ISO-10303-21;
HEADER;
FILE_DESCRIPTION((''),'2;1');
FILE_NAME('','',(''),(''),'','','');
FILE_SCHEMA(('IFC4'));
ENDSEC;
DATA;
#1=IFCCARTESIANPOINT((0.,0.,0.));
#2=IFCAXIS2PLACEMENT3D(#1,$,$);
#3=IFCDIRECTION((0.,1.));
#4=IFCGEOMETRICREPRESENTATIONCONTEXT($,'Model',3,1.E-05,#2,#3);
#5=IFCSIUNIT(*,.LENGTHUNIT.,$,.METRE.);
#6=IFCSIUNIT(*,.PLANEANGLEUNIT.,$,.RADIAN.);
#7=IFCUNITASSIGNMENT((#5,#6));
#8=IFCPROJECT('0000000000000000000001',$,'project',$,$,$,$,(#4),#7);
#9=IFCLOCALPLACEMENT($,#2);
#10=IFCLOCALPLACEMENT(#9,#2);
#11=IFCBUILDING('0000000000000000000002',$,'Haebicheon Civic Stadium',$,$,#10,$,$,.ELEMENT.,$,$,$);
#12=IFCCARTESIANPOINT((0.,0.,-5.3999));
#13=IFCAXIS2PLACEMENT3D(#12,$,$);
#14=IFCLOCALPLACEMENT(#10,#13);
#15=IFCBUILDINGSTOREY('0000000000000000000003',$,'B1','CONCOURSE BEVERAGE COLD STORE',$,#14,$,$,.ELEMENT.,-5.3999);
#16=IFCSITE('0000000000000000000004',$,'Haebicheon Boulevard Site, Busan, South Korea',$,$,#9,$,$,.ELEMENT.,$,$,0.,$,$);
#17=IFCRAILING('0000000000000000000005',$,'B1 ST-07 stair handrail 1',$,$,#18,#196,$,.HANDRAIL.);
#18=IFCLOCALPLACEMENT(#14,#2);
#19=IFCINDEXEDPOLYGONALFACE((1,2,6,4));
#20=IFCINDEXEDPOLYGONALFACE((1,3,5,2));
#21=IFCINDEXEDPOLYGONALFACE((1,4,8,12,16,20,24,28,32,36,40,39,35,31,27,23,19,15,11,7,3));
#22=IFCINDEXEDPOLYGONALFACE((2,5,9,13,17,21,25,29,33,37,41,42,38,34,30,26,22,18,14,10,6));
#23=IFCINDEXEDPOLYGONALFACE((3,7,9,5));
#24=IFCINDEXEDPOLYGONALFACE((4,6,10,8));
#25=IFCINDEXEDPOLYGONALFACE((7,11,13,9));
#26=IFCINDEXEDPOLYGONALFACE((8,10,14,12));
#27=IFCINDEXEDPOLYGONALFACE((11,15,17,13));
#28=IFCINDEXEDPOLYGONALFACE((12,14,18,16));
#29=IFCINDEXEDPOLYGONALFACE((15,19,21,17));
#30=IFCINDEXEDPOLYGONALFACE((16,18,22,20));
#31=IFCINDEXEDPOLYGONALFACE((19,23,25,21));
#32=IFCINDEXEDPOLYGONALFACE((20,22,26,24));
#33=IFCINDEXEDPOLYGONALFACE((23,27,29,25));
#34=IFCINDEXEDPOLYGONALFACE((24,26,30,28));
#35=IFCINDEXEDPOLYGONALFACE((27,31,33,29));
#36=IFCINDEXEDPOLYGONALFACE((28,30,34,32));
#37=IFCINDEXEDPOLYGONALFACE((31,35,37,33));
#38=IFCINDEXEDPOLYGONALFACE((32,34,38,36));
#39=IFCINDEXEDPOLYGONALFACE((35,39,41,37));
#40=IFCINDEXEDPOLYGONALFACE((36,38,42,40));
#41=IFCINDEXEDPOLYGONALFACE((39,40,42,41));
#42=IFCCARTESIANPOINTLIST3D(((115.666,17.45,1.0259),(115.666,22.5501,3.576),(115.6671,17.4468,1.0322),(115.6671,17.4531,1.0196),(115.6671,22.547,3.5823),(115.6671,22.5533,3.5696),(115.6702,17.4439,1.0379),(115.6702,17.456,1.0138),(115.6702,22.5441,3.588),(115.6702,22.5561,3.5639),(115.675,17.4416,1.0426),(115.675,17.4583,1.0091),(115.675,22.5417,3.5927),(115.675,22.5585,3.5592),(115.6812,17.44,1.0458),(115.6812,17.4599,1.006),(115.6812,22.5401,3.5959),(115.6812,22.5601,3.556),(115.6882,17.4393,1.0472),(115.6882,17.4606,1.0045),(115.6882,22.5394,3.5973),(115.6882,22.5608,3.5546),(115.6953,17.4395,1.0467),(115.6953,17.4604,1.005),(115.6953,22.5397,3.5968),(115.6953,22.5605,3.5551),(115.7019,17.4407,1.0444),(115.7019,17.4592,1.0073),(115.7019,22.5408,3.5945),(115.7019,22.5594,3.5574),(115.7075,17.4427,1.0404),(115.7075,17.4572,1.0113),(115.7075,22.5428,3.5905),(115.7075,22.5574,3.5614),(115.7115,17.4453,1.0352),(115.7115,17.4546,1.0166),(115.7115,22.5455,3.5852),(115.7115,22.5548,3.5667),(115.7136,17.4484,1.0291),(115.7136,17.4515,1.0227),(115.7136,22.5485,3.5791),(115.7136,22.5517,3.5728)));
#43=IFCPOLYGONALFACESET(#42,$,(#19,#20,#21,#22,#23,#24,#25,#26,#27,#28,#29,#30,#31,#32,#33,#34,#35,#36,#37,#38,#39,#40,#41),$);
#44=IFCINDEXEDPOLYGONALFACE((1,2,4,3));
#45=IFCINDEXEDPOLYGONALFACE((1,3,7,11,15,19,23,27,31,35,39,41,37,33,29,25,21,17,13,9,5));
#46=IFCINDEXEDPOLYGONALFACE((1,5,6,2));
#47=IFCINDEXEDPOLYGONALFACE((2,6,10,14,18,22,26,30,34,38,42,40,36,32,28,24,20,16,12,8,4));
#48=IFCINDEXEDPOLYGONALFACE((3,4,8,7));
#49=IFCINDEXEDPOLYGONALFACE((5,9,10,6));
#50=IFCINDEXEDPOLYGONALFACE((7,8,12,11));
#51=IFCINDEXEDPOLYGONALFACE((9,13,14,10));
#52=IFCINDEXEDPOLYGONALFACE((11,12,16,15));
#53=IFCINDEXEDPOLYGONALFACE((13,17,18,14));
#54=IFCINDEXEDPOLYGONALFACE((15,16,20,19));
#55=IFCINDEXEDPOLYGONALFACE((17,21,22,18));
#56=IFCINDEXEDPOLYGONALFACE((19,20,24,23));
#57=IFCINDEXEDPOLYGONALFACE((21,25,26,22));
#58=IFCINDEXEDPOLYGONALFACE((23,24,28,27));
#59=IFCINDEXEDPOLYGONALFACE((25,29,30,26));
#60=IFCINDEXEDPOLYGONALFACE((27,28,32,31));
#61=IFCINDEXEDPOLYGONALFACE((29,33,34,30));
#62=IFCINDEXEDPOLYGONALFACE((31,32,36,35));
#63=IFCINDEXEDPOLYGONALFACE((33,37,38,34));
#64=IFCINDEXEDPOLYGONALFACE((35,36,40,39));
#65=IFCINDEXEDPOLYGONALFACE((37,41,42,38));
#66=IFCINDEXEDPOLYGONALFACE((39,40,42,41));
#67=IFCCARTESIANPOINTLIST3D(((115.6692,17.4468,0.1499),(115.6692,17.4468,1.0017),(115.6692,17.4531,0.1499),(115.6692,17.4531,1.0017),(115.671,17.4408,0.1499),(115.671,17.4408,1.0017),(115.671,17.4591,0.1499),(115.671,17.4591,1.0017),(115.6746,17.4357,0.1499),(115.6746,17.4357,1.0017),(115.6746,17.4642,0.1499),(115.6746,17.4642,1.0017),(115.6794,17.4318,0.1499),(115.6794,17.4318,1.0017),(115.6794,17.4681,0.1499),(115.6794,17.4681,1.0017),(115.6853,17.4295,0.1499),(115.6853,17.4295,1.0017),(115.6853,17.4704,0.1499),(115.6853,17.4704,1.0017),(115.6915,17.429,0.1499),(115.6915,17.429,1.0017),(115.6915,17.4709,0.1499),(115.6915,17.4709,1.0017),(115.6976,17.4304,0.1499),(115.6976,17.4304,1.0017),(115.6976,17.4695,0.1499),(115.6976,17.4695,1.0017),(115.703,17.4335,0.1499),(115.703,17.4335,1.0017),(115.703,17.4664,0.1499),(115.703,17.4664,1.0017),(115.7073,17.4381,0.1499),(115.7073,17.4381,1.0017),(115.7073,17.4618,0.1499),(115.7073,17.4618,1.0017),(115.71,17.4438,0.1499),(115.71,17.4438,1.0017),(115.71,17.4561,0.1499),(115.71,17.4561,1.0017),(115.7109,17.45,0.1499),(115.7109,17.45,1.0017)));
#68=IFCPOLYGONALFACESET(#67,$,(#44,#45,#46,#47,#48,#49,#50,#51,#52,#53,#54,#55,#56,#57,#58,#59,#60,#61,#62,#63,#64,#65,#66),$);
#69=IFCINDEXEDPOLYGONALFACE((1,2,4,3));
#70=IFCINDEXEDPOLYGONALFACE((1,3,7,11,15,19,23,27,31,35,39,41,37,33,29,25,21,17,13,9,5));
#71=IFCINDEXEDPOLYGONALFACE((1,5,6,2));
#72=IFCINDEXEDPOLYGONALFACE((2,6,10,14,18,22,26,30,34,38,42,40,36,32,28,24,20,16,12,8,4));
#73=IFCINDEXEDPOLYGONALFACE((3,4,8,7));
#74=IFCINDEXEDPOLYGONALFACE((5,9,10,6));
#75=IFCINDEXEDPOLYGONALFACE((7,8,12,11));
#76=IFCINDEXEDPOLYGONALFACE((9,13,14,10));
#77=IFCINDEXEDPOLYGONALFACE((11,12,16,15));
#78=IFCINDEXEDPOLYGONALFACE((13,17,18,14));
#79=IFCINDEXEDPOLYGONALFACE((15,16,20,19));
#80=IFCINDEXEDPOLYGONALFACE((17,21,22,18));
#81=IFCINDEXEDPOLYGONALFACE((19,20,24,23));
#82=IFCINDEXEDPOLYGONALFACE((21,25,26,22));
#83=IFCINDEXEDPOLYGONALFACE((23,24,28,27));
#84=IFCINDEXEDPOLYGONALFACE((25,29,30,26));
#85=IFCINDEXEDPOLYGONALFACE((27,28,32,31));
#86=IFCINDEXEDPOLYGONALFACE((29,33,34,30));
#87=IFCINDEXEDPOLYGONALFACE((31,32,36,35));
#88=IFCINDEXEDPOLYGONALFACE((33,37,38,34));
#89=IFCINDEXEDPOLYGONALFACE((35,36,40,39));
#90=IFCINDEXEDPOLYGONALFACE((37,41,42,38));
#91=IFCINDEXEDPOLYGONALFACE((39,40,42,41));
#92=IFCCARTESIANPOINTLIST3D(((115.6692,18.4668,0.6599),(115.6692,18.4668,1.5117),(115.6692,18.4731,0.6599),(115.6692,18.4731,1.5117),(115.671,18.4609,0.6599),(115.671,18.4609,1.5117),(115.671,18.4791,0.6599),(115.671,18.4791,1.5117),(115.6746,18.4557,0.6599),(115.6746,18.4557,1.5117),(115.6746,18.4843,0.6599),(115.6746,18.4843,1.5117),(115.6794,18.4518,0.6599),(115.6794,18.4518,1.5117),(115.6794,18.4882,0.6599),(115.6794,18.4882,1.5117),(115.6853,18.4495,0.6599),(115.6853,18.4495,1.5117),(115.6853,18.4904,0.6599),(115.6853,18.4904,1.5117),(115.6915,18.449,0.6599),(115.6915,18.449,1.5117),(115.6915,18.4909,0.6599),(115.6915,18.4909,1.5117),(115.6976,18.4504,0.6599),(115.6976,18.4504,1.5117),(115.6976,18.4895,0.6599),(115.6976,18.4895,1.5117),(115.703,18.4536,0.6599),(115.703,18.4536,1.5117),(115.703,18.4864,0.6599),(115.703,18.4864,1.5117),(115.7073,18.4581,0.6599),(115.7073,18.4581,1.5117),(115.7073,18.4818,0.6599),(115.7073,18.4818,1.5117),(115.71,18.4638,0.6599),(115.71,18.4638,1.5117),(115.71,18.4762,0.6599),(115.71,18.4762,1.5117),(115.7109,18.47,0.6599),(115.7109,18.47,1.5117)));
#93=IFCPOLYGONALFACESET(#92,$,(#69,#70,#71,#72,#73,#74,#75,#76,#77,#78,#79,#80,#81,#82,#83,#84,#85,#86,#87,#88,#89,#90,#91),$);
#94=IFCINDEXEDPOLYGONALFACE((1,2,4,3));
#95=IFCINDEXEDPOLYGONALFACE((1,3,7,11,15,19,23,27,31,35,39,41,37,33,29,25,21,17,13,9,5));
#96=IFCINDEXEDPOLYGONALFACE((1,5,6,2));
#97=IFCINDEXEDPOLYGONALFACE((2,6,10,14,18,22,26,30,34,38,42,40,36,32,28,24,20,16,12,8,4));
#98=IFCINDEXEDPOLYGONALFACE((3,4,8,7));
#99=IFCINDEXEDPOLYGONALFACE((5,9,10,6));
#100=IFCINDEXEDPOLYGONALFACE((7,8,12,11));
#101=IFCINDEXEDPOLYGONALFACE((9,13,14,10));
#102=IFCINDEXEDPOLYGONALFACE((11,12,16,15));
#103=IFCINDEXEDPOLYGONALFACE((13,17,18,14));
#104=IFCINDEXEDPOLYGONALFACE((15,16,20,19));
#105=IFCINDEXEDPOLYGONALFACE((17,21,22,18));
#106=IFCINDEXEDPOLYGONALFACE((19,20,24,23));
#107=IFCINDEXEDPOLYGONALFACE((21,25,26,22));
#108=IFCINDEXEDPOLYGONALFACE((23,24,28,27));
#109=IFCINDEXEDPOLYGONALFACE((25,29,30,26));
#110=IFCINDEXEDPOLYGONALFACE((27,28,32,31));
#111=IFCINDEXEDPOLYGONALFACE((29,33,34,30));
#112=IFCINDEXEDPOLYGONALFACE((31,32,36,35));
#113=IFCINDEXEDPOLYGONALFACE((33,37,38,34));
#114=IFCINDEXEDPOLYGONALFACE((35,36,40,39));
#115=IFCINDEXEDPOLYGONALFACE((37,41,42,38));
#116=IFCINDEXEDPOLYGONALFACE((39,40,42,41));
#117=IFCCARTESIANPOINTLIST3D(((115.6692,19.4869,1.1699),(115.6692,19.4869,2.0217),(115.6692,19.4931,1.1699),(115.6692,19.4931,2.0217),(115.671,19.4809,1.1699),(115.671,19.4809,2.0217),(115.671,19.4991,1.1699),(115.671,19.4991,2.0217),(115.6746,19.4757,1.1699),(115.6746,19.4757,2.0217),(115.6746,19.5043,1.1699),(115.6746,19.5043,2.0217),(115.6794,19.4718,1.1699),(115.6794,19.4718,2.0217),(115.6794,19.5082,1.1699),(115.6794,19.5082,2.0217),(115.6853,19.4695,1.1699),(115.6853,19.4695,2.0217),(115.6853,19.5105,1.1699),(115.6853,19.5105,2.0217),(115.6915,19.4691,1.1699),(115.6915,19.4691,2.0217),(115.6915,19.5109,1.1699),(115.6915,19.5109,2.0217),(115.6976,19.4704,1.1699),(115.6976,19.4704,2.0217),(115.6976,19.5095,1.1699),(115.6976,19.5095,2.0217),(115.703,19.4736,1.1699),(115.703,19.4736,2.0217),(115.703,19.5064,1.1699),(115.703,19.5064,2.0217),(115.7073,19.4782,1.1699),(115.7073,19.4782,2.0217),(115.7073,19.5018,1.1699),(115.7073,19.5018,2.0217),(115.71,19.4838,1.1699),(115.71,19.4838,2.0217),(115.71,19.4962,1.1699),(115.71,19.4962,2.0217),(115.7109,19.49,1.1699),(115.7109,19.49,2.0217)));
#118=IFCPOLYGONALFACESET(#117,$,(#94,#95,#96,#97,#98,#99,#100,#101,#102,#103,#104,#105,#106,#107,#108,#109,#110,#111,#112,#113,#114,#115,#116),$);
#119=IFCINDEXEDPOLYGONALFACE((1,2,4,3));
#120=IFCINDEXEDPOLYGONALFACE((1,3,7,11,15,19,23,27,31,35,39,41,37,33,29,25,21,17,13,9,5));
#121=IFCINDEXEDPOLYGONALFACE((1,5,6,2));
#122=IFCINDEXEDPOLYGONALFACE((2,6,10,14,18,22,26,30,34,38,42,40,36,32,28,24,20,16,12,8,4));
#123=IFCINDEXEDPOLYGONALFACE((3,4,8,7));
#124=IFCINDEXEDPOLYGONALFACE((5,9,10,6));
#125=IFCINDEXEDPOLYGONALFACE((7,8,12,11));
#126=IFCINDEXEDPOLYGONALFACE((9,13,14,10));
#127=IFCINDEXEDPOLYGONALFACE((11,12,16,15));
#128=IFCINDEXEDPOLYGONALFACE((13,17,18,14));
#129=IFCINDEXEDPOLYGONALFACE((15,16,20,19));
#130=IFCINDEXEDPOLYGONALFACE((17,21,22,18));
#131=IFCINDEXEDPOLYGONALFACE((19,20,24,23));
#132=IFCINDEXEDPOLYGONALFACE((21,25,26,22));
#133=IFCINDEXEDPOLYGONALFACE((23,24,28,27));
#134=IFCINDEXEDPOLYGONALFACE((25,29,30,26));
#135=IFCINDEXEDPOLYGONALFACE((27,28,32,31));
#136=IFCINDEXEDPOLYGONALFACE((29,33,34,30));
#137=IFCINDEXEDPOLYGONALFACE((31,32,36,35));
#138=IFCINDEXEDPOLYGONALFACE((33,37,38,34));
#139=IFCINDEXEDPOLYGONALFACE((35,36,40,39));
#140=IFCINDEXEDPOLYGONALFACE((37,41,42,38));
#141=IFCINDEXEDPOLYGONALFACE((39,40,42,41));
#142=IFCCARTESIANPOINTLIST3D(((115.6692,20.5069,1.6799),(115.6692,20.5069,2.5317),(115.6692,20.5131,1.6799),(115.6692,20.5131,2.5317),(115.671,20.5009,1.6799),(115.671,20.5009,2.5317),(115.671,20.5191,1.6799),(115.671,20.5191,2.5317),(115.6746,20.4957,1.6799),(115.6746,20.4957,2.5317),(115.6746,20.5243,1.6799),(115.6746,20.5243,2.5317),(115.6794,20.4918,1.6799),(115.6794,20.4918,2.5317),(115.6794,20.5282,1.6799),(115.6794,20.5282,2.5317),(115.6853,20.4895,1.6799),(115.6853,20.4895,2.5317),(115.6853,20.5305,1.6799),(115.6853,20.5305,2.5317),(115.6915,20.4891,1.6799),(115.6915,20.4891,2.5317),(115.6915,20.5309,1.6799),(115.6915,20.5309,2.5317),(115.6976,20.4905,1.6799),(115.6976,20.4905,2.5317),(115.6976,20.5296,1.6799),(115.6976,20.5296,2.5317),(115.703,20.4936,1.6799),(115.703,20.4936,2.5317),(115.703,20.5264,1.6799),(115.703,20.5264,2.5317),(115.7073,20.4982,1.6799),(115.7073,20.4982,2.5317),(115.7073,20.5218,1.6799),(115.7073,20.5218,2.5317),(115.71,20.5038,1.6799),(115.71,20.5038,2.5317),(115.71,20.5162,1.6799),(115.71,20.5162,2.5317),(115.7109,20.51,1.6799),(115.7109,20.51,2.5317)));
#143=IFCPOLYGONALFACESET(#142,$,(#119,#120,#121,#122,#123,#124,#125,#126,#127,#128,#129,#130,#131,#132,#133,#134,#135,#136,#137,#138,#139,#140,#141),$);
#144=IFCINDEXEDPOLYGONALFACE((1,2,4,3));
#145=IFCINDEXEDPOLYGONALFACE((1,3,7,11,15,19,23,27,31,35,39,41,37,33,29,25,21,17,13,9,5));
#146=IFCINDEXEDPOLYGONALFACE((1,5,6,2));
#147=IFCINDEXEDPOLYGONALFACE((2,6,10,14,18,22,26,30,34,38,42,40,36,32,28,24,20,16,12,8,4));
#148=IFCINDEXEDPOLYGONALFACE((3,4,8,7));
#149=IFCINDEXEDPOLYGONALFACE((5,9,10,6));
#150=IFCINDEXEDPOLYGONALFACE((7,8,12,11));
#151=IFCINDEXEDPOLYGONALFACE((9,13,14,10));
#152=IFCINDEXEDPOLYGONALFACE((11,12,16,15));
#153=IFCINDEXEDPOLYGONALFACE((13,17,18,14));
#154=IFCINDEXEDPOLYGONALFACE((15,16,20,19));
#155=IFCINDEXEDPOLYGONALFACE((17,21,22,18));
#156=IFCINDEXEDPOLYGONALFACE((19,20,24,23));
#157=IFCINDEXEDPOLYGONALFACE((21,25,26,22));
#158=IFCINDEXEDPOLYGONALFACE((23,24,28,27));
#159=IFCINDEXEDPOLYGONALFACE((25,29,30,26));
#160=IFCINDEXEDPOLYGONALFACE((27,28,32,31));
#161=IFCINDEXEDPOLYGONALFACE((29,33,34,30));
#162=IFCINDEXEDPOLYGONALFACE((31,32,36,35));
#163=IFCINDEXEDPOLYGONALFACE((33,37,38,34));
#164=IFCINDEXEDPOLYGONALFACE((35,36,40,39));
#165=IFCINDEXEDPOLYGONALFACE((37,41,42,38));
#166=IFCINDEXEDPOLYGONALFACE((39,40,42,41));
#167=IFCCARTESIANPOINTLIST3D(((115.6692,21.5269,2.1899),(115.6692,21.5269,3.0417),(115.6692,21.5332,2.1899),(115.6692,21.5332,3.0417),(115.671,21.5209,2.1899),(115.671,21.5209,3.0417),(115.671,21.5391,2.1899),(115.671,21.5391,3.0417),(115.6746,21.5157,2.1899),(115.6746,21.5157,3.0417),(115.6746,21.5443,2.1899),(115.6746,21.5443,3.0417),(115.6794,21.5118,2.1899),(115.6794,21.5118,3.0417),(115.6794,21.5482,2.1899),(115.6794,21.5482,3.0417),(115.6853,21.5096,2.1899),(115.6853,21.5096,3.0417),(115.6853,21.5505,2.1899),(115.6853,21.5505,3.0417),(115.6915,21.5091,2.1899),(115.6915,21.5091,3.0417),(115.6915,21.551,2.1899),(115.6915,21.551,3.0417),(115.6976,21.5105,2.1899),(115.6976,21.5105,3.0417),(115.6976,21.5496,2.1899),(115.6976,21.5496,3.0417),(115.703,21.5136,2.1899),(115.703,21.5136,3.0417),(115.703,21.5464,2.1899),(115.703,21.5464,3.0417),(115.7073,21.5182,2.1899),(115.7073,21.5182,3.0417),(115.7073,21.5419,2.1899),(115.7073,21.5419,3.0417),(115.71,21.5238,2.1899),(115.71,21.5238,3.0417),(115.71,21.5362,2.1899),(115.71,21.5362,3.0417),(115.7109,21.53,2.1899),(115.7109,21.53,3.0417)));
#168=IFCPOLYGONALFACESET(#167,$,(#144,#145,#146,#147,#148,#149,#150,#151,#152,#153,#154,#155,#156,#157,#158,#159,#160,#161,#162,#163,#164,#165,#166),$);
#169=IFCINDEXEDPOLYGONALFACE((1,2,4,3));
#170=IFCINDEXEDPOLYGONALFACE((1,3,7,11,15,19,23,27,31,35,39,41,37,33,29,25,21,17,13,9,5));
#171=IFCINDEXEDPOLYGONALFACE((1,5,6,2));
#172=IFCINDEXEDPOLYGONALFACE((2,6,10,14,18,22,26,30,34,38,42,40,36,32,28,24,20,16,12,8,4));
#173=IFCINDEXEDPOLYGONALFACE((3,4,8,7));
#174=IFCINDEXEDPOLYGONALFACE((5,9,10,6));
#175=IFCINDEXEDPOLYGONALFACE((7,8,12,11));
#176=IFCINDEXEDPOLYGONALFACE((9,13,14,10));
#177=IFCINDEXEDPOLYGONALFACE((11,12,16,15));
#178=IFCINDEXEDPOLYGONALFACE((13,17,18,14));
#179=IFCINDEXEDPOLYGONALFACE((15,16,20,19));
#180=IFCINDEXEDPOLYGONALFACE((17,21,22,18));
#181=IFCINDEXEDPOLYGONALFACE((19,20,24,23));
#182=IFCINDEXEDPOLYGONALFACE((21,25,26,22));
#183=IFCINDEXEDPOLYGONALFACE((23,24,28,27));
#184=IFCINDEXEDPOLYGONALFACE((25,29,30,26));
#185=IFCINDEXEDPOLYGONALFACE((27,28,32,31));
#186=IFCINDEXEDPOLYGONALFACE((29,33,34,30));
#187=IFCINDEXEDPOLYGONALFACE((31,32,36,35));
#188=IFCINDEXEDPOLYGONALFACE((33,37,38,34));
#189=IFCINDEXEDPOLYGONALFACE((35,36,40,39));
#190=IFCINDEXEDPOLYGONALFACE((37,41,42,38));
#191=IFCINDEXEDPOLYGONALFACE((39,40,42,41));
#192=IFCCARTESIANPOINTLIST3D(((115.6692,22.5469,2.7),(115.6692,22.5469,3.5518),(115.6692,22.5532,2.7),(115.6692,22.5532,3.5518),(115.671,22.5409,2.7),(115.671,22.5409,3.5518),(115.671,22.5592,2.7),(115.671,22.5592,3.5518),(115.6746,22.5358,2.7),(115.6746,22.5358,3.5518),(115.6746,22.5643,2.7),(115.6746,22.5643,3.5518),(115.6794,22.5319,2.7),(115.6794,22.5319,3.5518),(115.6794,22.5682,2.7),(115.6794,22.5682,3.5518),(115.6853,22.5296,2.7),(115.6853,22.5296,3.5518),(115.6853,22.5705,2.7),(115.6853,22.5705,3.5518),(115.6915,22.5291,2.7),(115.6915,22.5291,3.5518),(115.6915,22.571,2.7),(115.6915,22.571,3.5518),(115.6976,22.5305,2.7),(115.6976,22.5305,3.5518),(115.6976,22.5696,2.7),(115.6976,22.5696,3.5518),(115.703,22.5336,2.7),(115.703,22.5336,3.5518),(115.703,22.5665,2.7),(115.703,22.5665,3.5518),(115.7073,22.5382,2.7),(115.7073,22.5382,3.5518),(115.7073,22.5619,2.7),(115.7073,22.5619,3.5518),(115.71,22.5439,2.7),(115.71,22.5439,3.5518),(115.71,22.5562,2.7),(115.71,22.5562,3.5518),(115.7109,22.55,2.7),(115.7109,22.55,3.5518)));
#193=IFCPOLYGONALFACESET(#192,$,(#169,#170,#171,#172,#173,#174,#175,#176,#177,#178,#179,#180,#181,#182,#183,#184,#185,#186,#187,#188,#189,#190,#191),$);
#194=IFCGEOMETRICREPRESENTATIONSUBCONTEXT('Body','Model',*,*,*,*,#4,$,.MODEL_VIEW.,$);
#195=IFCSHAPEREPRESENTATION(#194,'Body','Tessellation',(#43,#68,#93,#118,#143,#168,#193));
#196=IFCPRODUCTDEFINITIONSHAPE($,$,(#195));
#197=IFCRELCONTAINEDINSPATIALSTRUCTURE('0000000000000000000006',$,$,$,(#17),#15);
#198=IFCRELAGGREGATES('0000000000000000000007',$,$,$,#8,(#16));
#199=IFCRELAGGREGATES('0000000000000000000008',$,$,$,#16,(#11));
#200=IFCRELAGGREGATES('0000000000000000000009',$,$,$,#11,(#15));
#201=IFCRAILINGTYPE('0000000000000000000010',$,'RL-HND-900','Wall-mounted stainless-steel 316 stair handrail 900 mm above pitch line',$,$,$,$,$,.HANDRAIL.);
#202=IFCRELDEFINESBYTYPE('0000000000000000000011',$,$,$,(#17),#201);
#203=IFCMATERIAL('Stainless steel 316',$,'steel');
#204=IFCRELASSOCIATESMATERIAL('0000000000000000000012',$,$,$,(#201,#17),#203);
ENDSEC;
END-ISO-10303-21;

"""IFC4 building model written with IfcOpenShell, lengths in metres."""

from ifc_helpers import new_model, si_unit, direction, frame, origin, origin_2d, place, context, subcontext, project, spatial, circle, extrude, material, type_object, element, save


model = new_model("IFC4")

# Units and contexts
model_context = context("Model", 3, precision=1e-05, world=origin(), true_north=direction((0.0, 1.0)))
body_context = subcontext(model_context, "Body", "Model", "MODEL_VIEW")
ifc_project = project(units=[si_unit("LENGTHUNIT", "METRE"), si_unit("PLANEANGLEUNIT", "RADIAN")], contexts=[model_context])

# Site, building, storey
site_placement = place(None, origin())
site = spatial("IfcSite", under=ifc_project, at=site_placement, Name="Haebicheon Boulevard Site, Busan, South Korea", CompositionType="ELEMENT", RefElevation=0.0)
building_placement = place(site_placement, origin())
building = spatial("IfcBuilding", under=site, at=building_placement, Name="Haebicheon Civic Stadium", CompositionType="ELEMENT")
storey_placement = place(building_placement, frame((0.0, 0.0, -5.3999)))
storey = spatial("IfcBuildingStorey", under=building, at=storey_placement, Name="B1", Description="CONCOURSE BEVERAGE COLD STORE", CompositionType="ELEMENT", Elevation=-5.3999)

# Railing
ifc_material_1 = material(Name="Stainless steel 316", Category="steel")
railing_type_1 = type_object("IfcRailingType", Name="RL-HND-900", Description="Wall-mounted stainless-steel 316 stair handrail 900 mm above pitch line", PredefinedType="HANDRAIL", material=ifc_material_1)
railing_1_placement = place(storey_placement, frame((115.6899, 17.45, 0.1499)))
element("IfcRailing", 1, at=railing_1_placement, inside=storey, type_object=railing_type_1, material=ifc_material_1, Name="B1 ST-07 stair handrail 1", PredefinedType="HANDRAIL", context=body_context, shape_type="SweptSolid", body=[
    extrude(circle(Radius=0.0239, at=origin_2d()), frame((0.0, 0.0, 0.876), z_axis=(0.0, 0.894427, 0.447214), x_axis=(-1.0, 0.0, 0.0)), (0.0, 0.0, 1.0), 5.7021),
    extrude(circle(Radius=0.021, at=origin_2d()), origin(), (0.0, 0.0, 1.0), 0.8518),
    extrude(circle(Radius=0.021, at=origin_2d()), frame((0.0, 1.02, 0.51)), (0.0, 0.0, 1.0), 0.8518),
    extrude(circle(Radius=0.021, at=origin_2d()), frame((0.0, 2.04, 1.02)), (0.0, 0.0, 1.0), 0.8518),
    extrude(circle(Radius=0.021, at=origin_2d()), frame((0.0, 3.0601, 1.53)), (0.0, 0.0, 1.0), 0.8518),
    extrude(circle(Radius=0.021, at=origin_2d()), frame((0.0, 4.0801, 2.04)), (0.0, 0.0, 1.0), 0.8518),
    extrude(circle(Radius=0.021, at=origin_2d()), frame((0.0, 5.1001, 2.55)), (0.0, 0.0, 1.0), 0.8518),
])

save(model, "model.ifc")
